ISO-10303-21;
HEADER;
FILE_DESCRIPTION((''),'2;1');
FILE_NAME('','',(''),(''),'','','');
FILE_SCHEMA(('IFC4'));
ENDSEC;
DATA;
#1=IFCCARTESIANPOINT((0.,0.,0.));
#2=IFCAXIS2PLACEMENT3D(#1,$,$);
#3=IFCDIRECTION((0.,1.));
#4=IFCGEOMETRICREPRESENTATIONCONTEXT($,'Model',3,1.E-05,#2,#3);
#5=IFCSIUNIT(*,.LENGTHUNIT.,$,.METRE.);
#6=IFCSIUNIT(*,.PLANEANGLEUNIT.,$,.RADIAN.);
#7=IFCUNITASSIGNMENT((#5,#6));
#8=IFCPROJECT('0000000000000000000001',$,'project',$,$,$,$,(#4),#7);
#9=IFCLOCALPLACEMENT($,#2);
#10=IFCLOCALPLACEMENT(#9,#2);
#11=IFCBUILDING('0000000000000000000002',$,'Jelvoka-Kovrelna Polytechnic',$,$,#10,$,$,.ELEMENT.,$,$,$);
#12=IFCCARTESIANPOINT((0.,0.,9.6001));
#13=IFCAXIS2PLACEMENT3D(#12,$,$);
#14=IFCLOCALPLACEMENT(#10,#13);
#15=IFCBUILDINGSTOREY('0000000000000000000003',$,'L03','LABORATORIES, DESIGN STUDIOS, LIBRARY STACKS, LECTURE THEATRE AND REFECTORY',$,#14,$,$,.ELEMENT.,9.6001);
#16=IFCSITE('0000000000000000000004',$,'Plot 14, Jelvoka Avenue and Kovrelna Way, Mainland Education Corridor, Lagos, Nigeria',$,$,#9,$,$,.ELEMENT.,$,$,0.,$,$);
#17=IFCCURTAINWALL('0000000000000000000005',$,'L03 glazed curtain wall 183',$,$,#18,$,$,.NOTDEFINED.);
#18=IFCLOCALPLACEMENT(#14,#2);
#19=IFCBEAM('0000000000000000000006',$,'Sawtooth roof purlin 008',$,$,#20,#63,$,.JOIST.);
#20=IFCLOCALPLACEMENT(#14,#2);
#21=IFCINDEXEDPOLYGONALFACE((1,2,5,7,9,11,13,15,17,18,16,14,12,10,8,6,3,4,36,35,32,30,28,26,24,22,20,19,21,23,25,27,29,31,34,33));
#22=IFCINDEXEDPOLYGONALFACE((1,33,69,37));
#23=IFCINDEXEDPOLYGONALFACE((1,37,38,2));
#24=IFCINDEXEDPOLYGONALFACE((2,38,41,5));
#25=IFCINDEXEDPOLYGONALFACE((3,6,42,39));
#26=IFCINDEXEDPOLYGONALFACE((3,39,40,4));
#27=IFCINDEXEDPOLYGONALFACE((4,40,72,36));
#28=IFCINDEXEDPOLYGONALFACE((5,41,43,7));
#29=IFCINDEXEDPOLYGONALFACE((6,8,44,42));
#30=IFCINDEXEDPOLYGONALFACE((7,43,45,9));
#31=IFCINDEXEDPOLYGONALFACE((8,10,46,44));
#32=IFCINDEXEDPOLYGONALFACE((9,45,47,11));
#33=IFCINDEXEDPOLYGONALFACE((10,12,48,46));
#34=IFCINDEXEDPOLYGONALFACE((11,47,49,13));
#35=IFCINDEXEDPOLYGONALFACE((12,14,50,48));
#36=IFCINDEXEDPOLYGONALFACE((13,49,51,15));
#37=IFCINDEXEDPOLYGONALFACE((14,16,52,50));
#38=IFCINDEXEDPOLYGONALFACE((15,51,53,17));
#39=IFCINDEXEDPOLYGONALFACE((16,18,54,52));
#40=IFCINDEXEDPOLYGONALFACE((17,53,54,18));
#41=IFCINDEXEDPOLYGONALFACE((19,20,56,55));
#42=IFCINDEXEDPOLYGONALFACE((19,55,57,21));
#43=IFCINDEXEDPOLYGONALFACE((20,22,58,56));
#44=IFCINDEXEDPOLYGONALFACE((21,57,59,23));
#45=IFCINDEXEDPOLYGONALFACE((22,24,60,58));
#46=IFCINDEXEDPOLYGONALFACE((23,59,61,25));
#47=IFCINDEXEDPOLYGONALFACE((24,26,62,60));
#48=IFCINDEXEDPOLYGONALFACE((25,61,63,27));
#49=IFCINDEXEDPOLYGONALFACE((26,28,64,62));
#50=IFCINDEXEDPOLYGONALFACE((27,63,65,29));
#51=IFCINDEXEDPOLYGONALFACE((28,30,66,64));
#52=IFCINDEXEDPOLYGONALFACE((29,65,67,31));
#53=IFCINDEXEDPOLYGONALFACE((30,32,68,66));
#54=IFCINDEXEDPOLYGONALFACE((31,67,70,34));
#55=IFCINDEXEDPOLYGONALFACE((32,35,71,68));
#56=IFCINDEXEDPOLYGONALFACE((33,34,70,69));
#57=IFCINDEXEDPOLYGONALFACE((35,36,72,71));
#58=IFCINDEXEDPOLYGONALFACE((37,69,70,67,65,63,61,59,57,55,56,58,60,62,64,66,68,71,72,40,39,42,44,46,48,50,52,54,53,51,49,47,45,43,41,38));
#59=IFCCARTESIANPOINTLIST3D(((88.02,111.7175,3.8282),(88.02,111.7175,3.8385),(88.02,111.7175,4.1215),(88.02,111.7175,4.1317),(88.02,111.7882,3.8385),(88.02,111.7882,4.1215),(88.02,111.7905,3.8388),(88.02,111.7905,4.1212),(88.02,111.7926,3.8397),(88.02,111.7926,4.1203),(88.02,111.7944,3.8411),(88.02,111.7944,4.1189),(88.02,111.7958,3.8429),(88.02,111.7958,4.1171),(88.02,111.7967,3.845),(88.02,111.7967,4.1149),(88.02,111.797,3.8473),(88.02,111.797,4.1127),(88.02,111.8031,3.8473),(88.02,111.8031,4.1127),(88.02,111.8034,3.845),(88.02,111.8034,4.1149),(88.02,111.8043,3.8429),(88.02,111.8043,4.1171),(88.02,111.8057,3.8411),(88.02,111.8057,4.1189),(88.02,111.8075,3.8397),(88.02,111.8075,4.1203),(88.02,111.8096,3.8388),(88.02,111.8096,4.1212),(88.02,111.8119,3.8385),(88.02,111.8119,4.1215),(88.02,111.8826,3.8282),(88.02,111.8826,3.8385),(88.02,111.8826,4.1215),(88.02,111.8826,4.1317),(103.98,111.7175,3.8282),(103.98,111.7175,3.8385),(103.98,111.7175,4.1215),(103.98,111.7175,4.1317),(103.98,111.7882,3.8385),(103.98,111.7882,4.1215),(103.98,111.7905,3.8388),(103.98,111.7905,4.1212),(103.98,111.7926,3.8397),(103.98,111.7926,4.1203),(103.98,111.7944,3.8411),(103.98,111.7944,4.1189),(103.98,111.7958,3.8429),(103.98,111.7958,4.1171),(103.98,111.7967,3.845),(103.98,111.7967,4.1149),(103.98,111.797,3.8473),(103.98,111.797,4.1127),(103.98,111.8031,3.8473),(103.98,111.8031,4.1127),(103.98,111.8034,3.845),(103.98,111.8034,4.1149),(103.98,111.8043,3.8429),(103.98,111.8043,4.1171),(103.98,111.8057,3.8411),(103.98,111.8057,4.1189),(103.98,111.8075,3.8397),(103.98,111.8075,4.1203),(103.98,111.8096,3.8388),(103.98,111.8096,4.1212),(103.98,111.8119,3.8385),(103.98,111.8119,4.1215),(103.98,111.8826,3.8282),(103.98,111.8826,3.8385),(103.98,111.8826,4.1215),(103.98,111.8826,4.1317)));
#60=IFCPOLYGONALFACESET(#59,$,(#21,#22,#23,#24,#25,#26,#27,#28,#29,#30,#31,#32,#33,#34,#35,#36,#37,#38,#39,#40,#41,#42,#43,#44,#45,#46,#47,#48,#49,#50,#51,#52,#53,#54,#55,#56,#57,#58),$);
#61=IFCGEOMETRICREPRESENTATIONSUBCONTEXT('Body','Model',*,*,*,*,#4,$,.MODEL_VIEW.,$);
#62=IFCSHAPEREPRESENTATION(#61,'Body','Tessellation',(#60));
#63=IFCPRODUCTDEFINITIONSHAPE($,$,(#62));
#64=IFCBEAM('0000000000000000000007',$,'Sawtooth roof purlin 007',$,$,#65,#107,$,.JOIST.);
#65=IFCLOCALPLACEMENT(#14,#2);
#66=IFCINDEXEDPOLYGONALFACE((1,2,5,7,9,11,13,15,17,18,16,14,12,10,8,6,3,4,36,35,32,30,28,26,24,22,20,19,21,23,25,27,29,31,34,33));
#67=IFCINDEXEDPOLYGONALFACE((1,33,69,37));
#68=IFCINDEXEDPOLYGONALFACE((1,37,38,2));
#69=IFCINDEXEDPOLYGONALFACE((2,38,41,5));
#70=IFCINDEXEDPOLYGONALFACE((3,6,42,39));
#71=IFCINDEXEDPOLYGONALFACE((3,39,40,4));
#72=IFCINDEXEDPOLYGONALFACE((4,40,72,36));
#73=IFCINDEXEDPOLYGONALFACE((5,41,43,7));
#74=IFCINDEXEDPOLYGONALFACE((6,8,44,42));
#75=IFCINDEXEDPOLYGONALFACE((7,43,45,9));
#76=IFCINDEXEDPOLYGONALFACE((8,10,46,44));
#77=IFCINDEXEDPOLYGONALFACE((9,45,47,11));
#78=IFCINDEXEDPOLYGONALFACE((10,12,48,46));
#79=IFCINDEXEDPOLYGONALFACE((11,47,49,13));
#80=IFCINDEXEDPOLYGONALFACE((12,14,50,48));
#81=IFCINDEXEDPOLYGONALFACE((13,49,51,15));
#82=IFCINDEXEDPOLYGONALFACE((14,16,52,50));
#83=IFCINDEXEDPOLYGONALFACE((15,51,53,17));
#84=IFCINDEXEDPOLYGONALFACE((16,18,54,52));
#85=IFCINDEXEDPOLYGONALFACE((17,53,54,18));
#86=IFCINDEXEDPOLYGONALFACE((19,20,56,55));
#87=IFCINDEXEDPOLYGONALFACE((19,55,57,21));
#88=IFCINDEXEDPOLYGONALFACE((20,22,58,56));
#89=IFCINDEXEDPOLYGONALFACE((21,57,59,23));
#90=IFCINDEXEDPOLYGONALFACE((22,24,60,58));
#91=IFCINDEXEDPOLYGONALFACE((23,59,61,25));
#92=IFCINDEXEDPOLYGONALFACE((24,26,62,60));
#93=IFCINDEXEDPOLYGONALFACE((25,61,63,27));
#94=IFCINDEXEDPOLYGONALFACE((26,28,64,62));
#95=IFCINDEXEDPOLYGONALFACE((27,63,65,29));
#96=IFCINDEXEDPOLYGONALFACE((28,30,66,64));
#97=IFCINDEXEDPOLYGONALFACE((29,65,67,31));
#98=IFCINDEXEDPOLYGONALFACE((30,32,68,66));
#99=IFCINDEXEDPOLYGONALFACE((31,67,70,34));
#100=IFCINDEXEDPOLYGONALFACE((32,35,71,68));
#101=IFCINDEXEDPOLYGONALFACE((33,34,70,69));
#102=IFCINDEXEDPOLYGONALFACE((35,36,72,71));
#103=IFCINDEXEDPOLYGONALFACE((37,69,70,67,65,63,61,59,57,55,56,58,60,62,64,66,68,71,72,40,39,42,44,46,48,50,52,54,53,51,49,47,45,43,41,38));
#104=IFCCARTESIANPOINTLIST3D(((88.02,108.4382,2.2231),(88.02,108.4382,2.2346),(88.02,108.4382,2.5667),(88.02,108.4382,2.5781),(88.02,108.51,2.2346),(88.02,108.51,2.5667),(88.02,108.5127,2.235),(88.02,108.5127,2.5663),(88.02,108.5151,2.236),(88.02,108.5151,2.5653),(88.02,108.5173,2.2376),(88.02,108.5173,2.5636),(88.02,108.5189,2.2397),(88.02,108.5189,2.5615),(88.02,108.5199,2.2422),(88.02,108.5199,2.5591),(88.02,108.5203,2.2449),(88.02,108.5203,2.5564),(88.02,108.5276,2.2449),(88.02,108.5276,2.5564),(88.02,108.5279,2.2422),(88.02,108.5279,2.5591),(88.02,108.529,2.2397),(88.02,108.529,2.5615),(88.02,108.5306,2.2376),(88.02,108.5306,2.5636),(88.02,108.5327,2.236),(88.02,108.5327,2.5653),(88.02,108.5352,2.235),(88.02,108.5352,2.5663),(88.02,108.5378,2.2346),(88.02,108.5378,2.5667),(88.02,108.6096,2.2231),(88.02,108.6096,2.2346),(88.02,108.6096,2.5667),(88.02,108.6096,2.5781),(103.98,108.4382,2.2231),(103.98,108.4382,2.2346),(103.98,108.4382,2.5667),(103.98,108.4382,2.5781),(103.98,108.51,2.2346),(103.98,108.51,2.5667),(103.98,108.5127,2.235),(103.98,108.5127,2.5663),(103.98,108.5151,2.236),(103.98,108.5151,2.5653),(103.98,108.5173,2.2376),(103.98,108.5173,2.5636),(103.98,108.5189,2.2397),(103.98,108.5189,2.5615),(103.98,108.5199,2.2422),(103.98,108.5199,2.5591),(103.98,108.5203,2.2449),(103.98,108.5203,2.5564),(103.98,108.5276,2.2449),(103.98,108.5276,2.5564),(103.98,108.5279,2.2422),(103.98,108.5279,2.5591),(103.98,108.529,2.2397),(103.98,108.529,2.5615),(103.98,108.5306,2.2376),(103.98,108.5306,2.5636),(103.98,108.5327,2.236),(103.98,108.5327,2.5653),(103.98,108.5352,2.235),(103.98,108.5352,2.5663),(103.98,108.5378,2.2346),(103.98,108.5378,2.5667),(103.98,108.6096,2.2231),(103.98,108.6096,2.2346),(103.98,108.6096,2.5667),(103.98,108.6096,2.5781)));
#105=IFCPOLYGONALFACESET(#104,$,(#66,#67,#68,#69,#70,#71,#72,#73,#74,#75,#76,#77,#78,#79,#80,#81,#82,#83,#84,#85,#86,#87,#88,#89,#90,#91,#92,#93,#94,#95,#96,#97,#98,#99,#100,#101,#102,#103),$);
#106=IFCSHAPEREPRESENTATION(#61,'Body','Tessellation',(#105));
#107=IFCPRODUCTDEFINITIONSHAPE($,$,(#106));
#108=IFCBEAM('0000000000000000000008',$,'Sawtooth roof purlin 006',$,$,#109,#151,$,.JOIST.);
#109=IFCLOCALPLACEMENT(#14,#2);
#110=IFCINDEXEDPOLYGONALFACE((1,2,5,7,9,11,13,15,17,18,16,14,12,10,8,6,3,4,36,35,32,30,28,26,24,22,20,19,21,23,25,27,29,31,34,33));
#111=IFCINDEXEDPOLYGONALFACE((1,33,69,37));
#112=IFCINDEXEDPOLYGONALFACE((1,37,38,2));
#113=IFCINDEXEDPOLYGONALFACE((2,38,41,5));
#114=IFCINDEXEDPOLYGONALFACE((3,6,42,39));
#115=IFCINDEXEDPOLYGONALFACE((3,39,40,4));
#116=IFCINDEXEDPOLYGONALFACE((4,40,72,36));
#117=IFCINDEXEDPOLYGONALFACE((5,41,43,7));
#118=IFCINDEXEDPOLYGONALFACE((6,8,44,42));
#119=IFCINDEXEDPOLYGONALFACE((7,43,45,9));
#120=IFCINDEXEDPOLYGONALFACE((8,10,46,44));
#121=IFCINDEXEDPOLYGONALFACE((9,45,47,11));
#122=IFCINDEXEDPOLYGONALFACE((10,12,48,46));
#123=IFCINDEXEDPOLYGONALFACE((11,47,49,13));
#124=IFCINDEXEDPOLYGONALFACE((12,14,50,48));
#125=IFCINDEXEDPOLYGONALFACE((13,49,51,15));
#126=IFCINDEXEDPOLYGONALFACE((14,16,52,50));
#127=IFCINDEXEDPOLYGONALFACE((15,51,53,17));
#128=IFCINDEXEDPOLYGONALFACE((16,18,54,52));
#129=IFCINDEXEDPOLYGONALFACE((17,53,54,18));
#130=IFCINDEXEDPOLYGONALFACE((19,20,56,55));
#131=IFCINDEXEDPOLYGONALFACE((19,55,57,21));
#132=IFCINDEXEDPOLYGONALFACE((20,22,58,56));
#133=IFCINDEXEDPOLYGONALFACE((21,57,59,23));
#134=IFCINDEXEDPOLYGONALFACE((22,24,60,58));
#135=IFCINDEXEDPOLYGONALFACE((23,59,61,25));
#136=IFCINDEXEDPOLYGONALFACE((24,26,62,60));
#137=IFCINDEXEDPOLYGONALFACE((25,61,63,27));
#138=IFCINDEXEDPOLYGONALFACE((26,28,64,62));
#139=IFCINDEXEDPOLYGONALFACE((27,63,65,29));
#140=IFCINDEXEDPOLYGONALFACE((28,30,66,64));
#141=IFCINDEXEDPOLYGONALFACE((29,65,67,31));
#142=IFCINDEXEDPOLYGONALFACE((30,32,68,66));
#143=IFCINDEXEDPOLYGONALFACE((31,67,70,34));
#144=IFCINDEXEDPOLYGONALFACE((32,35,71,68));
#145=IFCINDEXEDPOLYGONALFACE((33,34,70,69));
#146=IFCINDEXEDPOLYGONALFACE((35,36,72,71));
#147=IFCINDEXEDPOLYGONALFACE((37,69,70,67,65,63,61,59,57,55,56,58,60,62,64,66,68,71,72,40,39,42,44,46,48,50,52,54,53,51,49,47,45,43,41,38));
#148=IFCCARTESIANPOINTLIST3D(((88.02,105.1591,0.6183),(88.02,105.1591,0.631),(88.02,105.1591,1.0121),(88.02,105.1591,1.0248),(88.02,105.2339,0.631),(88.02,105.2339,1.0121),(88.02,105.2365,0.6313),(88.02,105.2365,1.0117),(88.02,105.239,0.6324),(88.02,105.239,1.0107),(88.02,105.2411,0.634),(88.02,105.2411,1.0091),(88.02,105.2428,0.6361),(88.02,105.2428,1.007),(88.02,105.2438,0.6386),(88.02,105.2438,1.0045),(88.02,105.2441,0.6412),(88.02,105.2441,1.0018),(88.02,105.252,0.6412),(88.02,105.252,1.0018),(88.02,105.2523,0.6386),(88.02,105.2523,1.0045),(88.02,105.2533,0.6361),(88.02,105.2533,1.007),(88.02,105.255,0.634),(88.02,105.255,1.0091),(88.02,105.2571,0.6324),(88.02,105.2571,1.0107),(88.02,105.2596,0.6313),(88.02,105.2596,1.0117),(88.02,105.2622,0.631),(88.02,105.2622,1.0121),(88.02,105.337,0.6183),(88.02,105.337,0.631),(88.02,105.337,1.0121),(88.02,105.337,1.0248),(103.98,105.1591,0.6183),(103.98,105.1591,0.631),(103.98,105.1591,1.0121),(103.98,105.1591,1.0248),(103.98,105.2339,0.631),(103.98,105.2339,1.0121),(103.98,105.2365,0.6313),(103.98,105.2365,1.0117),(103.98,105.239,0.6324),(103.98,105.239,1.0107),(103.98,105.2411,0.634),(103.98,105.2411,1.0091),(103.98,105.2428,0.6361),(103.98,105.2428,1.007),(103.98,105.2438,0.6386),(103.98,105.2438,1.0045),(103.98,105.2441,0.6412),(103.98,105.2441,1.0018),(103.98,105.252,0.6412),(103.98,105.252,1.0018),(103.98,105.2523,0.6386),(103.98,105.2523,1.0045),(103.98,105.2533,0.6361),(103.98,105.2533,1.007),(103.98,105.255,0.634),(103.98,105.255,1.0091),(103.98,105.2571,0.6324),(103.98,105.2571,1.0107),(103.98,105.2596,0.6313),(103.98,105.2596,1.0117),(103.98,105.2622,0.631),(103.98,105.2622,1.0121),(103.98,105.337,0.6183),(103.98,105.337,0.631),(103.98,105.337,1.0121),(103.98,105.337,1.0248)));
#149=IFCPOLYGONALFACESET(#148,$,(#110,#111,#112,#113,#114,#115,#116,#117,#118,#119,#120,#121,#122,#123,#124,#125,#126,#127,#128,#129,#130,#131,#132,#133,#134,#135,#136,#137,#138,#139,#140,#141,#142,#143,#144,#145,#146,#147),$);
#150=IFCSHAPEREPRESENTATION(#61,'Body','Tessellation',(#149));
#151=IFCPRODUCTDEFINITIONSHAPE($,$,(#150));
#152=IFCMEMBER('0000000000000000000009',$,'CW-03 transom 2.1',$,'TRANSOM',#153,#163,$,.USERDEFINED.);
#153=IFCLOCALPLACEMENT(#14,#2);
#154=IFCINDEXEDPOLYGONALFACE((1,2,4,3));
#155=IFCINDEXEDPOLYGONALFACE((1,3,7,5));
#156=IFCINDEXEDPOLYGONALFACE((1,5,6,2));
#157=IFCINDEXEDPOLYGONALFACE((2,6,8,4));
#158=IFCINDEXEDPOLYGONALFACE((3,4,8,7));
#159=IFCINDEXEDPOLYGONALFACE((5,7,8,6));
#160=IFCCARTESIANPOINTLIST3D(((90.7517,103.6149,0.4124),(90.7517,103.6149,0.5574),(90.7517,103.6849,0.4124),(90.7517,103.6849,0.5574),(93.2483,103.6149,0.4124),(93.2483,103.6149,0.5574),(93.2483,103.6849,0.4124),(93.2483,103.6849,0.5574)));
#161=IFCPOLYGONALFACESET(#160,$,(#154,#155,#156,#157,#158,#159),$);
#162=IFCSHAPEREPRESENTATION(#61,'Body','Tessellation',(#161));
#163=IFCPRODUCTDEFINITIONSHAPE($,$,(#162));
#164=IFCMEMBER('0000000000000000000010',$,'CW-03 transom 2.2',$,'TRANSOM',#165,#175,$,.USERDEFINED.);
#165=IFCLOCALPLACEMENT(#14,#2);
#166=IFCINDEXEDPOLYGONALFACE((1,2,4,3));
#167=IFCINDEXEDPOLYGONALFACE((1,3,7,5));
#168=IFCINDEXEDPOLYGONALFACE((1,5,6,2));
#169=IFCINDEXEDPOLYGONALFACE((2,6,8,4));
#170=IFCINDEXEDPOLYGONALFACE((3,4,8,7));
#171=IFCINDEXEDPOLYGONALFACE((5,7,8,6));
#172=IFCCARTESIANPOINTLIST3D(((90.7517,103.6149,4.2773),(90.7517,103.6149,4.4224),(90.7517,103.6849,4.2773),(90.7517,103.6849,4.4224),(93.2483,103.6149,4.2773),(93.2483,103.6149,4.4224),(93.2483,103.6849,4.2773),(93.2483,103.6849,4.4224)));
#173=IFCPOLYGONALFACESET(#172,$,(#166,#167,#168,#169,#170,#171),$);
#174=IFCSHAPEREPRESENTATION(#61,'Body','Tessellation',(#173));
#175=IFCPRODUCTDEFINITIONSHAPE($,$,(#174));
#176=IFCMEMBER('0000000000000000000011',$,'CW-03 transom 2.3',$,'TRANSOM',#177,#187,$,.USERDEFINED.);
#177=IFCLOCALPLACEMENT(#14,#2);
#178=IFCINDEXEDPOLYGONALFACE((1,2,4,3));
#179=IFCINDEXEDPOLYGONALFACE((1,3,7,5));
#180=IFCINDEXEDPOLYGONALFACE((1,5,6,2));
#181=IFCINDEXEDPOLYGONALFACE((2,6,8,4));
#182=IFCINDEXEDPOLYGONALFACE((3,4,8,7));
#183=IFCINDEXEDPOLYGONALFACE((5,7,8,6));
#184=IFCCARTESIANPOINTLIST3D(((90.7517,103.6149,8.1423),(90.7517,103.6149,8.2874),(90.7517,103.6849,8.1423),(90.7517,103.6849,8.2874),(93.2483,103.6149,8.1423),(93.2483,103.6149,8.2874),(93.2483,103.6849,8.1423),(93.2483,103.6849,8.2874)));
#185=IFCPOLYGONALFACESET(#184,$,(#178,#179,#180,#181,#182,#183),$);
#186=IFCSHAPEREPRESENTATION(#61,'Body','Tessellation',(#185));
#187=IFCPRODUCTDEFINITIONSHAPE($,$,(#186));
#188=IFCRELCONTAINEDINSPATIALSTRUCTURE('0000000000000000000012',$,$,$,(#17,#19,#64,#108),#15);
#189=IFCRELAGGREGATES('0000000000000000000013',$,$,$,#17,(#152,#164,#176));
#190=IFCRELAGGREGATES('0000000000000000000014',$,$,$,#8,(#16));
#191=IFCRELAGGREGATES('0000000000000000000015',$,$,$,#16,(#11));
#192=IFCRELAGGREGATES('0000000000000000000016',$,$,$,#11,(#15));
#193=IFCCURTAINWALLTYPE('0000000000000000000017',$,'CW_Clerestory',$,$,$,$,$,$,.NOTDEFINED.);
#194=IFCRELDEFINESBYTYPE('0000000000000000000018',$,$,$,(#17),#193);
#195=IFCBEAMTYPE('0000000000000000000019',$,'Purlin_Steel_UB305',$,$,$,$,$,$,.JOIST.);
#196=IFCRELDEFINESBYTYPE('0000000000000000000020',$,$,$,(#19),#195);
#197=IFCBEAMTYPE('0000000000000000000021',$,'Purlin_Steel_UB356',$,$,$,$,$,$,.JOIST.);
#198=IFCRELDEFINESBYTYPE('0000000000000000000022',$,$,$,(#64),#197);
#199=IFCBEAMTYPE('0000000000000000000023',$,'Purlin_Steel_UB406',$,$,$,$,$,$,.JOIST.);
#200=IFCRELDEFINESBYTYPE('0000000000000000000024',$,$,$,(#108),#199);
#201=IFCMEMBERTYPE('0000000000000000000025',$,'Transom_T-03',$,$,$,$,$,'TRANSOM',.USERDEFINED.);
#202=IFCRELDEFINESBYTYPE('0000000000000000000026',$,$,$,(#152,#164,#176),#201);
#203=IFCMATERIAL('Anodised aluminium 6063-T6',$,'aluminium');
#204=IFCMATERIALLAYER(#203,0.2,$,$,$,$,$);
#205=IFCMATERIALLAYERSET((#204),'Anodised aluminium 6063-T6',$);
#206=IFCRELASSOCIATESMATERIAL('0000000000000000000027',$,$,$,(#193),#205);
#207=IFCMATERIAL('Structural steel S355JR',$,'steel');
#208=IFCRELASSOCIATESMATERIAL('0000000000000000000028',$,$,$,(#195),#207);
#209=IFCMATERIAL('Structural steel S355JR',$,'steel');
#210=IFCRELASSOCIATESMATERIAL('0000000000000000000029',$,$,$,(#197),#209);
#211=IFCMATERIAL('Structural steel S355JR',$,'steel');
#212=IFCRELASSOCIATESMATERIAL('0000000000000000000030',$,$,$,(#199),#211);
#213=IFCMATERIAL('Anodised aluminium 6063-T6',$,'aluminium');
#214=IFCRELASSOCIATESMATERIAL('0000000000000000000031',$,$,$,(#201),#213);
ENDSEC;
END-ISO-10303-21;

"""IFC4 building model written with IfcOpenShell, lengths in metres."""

from ifc_helpers import new_model, si_unit, direction, frame, origin, origin_2d, place, context, subcontext, project, spatial, rectangle, i_section, extrude, material, layer, layer_set, material_profile, profile_set, type_object, element, aggregate, save


model = new_model("IFC4")

# Units and contexts
model_context = context("Model", 3, precision=1e-05, world=origin(), true_north=direction((0.0, 1.0)))
body_context = subcontext(model_context, "Body", "Model", "MODEL_VIEW")
ifc_project = project(units=[si_unit("LENGTHUNIT", "METRE"), si_unit("PLANEANGLEUNIT", "RADIAN")], contexts=[model_context])

# Site, building, storey
site_placement = place(None, origin())
site = spatial("IfcSite", under=ifc_project, at=site_placement, Name="Plot 14, Jelvoka Avenue and Kovrelna Way, Mainland Education Corridor, Lagos, Nigeria", CompositionType="ELEMENT", RefElevation=0.0)
building_placement = place(site_placement, origin())
building = spatial("IfcBuilding", under=site, at=building_placement, Name="Jelvoka-Kovrelna Polytechnic", CompositionType="ELEMENT")
storey_placement = place(building_placement, frame((0.0, 0.0, 9.6001)))
storey = spatial("IfcBuildingStorey", under=building, at=storey_placement, Name="L03", Description="LABORATORIES, DESIGN STUDIOS, LIBRARY STACKS, LECTURE THEATRE AND REFECTORY", CompositionType="ELEMENT", Elevation=9.6001)

# Curtain wall
ifc_material_1 = material(Name="Anodised aluminium 6063-T6", Category="aluminium")
ifc_layer_1 = layer(ifc_material_1, 0.2)
ifc_layer_set_1 = layer_set([ifc_layer_1], Name="Anodised aluminium 6063-T6")
curtain_wall_type = type_object("IfcCurtainWallType", Name="CW_Clerestory", PredefinedType="NOTDEFINED", material=ifc_layer_set_1)
curtain_wall_placement = place(storey_placement, origin())
curtain_wall = element("IfcCurtainWall", 1, at=curtain_wall_placement, inside=storey, type_object=curtain_wall_type, Name="L03 glazed curtain wall 183", PredefinedType="NOTDEFINED")

# Beams
ifc_material_2 = material(Name="Structural steel S355JR", Category="steel")
ifc_material_profile_1 = material_profile(ifc_material_2, i_section(OverallWidth=0.165, OverallDepth=0.3035, WebThickness=0.0061, FlangeThickness=0.0103, FilletRadius=0.0088, at=origin_2d()), Name="305x165x40 UB")
ifc_profile_set_1 = profile_set([ifc_material_profile_1], Name="Structural steel S355JR")
beam_type_1 = type_object("IfcBeamType", Name="Purlin_Steel_UB305", PredefinedType="JOIST", material=ifc_profile_set_1)
beam_1_placement = place(storey_placement, frame((88.02, 111.8, 3.98), z_axis=(1.0, 0.0, 0.0), x_axis=(0.0, 1.0, 0.0)))
element("IfcBeam", 2, at=beam_1_placement, inside=storey, type_object=beam_type_1, Name="Sawtooth roof purlin 008", PredefinedType="JOIST", context=body_context, shape_type="SweptSolid", body=[
    extrude(i_section(OverallWidth=0.165, OverallDepth=0.3035, WebThickness=0.0061, FlangeThickness=0.0103, FilletRadius=0.0088, at=origin_2d()), origin(), (0.0, 0.0, 1.0), 15.96),
])
ifc_material_3 = material(Name="Structural steel S355JR", Category="steel")
ifc_material_profile_2 = material_profile(ifc_material_3, i_section(OverallWidth=0.1714, OverallDepth=0.355, WebThickness=0.0073, FlangeThickness=0.0115, FilletRadius=0.0103, at=origin_2d()), Name="356x171x51 UB")
ifc_profile_set_2 = profile_set([ifc_material_profile_2], Name="Structural steel S355JR")
beam_type_2 = type_object("IfcBeamType", Name="Purlin_Steel_UB356", PredefinedType="JOIST", material=ifc_profile_set_2)
beam_2_placement = place(storey_placement, frame((88.02, 108.5239, 2.4006), z_axis=(1.0, 0.0, 0.0), x_axis=(0.0, 1.0, 0.0)))
element("IfcBeam", 3, at=beam_2_placement, inside=storey, type_object=beam_type_2, Name="Sawtooth roof purlin 007", PredefinedType="JOIST", context=body_context, shape_type="SweptSolid", body=[
    extrude(i_section(OverallWidth=0.1714, OverallDepth=0.355, WebThickness=0.0073, FlangeThickness=0.0115, FilletRadius=0.0103, at=origin_2d()), origin(), (0.0, 0.0, 1.0), 15.96),
])
ifc_material_4 = material(Name="Structural steel S355JR", Category="steel")
ifc_material_profile_3 = material_profile(ifc_material_4, i_section(OverallWidth=0.178, OverallDepth=0.4065, WebThickness=0.0078, FlangeThickness=0.0127, FilletRadius=0.0103, at=origin_2d()), Name="406x178x60 UB")
ifc_profile_set_3 = profile_set([ifc_material_profile_3], Name="Structural steel S355JR")
beam_type_3 = type_object("IfcBeamType", Name="Purlin_Steel_UB406", PredefinedType="JOIST", material=ifc_profile_set_3)
beam_3_placement = place(storey_placement, frame((88.02, 105.248, 0.8215), z_axis=(1.0, 0.0, 0.0), x_axis=(0.0, 1.0, 0.0)))
element("IfcBeam", 4, at=beam_3_placement, inside=storey, type_object=beam_type_3, Name="Sawtooth roof purlin 006", PredefinedType="JOIST", context=body_context, shape_type="SweptSolid", body=[
    extrude(i_section(OverallWidth=0.178, OverallDepth=0.4065, WebThickness=0.0078, FlangeThickness=0.0127, FilletRadius=0.0103, at=origin_2d()), origin(), (0.0, 0.0, 1.0), 15.96),
])

# Members
ifc_material_5 = material(Name="Anodised aluminium 6063-T6", Category="aluminium")
ifc_material_profile_4 = material_profile(ifc_material_5, rectangle(XDim=0.0701, YDim=0.145, at=origin_2d()), Name="ALU 70x145")
ifc_profile_set_4 = profile_set([ifc_material_profile_4], Name="Anodised aluminium 6063-T6")
member_type_1 = type_object("IfcMemberType", Name="Transom_T-03", ElementType="TRANSOM", PredefinedType="USERDEFINED", material=ifc_profile_set_4)
member_1_placement = place(storey_placement, frame((90.7517, 103.6499, 0.4849), z_axis=(1.0, 0.0, 0.0), x_axis=(0.0, 1.0, 0.0)))
member_1 = element("IfcMember", 5, at=member_1_placement, type_object=member_type_1, Name="CW-03 transom 2.1", ObjectType="TRANSOM", PredefinedType="USERDEFINED", context=body_context, shape_type="SweptSolid", body=[
    extrude(rectangle(XDim=0.0701, YDim=0.145, at=origin_2d()), origin(), (0.0, 0.0, 1.0), 2.4966),
])
member_2_placement = place(storey_placement, frame((90.7517, 103.6499, 4.3499), z_axis=(1.0, 0.0, 0.0), x_axis=(0.0, 1.0, 0.0)))
member_2 = element("IfcMember", 6, at=member_2_placement, type_object=member_type_1, Name="CW-03 transom 2.2", ObjectType="TRANSOM", PredefinedType="USERDEFINED", context=body_context, shape_type="SweptSolid", body=[
    extrude(rectangle(XDim=0.0701, YDim=0.145, at=origin_2d()), origin(), (0.0, 0.0, 1.0), 2.4966),
])
member_3_placement = place(storey_placement, frame((90.7517, 103.6499, 8.2148), z_axis=(1.0, 0.0, 0.0), x_axis=(0.0, 1.0, 0.0)))
member_3 = element("IfcMember", 7, at=member_3_placement, type_object=member_type_1, Name="CW-03 transom 2.3", ObjectType="TRANSOM", PredefinedType="USERDEFINED", context=body_context, shape_type="SweptSolid", body=[
    extrude(rectangle(XDim=0.0701, YDim=0.145, at=origin_2d()), origin(), (0.0, 0.0, 1.0), 2.4966),
])

aggregate(curtain_wall, [member_1, member_2, member_3])

save(model, "model.ifc")
